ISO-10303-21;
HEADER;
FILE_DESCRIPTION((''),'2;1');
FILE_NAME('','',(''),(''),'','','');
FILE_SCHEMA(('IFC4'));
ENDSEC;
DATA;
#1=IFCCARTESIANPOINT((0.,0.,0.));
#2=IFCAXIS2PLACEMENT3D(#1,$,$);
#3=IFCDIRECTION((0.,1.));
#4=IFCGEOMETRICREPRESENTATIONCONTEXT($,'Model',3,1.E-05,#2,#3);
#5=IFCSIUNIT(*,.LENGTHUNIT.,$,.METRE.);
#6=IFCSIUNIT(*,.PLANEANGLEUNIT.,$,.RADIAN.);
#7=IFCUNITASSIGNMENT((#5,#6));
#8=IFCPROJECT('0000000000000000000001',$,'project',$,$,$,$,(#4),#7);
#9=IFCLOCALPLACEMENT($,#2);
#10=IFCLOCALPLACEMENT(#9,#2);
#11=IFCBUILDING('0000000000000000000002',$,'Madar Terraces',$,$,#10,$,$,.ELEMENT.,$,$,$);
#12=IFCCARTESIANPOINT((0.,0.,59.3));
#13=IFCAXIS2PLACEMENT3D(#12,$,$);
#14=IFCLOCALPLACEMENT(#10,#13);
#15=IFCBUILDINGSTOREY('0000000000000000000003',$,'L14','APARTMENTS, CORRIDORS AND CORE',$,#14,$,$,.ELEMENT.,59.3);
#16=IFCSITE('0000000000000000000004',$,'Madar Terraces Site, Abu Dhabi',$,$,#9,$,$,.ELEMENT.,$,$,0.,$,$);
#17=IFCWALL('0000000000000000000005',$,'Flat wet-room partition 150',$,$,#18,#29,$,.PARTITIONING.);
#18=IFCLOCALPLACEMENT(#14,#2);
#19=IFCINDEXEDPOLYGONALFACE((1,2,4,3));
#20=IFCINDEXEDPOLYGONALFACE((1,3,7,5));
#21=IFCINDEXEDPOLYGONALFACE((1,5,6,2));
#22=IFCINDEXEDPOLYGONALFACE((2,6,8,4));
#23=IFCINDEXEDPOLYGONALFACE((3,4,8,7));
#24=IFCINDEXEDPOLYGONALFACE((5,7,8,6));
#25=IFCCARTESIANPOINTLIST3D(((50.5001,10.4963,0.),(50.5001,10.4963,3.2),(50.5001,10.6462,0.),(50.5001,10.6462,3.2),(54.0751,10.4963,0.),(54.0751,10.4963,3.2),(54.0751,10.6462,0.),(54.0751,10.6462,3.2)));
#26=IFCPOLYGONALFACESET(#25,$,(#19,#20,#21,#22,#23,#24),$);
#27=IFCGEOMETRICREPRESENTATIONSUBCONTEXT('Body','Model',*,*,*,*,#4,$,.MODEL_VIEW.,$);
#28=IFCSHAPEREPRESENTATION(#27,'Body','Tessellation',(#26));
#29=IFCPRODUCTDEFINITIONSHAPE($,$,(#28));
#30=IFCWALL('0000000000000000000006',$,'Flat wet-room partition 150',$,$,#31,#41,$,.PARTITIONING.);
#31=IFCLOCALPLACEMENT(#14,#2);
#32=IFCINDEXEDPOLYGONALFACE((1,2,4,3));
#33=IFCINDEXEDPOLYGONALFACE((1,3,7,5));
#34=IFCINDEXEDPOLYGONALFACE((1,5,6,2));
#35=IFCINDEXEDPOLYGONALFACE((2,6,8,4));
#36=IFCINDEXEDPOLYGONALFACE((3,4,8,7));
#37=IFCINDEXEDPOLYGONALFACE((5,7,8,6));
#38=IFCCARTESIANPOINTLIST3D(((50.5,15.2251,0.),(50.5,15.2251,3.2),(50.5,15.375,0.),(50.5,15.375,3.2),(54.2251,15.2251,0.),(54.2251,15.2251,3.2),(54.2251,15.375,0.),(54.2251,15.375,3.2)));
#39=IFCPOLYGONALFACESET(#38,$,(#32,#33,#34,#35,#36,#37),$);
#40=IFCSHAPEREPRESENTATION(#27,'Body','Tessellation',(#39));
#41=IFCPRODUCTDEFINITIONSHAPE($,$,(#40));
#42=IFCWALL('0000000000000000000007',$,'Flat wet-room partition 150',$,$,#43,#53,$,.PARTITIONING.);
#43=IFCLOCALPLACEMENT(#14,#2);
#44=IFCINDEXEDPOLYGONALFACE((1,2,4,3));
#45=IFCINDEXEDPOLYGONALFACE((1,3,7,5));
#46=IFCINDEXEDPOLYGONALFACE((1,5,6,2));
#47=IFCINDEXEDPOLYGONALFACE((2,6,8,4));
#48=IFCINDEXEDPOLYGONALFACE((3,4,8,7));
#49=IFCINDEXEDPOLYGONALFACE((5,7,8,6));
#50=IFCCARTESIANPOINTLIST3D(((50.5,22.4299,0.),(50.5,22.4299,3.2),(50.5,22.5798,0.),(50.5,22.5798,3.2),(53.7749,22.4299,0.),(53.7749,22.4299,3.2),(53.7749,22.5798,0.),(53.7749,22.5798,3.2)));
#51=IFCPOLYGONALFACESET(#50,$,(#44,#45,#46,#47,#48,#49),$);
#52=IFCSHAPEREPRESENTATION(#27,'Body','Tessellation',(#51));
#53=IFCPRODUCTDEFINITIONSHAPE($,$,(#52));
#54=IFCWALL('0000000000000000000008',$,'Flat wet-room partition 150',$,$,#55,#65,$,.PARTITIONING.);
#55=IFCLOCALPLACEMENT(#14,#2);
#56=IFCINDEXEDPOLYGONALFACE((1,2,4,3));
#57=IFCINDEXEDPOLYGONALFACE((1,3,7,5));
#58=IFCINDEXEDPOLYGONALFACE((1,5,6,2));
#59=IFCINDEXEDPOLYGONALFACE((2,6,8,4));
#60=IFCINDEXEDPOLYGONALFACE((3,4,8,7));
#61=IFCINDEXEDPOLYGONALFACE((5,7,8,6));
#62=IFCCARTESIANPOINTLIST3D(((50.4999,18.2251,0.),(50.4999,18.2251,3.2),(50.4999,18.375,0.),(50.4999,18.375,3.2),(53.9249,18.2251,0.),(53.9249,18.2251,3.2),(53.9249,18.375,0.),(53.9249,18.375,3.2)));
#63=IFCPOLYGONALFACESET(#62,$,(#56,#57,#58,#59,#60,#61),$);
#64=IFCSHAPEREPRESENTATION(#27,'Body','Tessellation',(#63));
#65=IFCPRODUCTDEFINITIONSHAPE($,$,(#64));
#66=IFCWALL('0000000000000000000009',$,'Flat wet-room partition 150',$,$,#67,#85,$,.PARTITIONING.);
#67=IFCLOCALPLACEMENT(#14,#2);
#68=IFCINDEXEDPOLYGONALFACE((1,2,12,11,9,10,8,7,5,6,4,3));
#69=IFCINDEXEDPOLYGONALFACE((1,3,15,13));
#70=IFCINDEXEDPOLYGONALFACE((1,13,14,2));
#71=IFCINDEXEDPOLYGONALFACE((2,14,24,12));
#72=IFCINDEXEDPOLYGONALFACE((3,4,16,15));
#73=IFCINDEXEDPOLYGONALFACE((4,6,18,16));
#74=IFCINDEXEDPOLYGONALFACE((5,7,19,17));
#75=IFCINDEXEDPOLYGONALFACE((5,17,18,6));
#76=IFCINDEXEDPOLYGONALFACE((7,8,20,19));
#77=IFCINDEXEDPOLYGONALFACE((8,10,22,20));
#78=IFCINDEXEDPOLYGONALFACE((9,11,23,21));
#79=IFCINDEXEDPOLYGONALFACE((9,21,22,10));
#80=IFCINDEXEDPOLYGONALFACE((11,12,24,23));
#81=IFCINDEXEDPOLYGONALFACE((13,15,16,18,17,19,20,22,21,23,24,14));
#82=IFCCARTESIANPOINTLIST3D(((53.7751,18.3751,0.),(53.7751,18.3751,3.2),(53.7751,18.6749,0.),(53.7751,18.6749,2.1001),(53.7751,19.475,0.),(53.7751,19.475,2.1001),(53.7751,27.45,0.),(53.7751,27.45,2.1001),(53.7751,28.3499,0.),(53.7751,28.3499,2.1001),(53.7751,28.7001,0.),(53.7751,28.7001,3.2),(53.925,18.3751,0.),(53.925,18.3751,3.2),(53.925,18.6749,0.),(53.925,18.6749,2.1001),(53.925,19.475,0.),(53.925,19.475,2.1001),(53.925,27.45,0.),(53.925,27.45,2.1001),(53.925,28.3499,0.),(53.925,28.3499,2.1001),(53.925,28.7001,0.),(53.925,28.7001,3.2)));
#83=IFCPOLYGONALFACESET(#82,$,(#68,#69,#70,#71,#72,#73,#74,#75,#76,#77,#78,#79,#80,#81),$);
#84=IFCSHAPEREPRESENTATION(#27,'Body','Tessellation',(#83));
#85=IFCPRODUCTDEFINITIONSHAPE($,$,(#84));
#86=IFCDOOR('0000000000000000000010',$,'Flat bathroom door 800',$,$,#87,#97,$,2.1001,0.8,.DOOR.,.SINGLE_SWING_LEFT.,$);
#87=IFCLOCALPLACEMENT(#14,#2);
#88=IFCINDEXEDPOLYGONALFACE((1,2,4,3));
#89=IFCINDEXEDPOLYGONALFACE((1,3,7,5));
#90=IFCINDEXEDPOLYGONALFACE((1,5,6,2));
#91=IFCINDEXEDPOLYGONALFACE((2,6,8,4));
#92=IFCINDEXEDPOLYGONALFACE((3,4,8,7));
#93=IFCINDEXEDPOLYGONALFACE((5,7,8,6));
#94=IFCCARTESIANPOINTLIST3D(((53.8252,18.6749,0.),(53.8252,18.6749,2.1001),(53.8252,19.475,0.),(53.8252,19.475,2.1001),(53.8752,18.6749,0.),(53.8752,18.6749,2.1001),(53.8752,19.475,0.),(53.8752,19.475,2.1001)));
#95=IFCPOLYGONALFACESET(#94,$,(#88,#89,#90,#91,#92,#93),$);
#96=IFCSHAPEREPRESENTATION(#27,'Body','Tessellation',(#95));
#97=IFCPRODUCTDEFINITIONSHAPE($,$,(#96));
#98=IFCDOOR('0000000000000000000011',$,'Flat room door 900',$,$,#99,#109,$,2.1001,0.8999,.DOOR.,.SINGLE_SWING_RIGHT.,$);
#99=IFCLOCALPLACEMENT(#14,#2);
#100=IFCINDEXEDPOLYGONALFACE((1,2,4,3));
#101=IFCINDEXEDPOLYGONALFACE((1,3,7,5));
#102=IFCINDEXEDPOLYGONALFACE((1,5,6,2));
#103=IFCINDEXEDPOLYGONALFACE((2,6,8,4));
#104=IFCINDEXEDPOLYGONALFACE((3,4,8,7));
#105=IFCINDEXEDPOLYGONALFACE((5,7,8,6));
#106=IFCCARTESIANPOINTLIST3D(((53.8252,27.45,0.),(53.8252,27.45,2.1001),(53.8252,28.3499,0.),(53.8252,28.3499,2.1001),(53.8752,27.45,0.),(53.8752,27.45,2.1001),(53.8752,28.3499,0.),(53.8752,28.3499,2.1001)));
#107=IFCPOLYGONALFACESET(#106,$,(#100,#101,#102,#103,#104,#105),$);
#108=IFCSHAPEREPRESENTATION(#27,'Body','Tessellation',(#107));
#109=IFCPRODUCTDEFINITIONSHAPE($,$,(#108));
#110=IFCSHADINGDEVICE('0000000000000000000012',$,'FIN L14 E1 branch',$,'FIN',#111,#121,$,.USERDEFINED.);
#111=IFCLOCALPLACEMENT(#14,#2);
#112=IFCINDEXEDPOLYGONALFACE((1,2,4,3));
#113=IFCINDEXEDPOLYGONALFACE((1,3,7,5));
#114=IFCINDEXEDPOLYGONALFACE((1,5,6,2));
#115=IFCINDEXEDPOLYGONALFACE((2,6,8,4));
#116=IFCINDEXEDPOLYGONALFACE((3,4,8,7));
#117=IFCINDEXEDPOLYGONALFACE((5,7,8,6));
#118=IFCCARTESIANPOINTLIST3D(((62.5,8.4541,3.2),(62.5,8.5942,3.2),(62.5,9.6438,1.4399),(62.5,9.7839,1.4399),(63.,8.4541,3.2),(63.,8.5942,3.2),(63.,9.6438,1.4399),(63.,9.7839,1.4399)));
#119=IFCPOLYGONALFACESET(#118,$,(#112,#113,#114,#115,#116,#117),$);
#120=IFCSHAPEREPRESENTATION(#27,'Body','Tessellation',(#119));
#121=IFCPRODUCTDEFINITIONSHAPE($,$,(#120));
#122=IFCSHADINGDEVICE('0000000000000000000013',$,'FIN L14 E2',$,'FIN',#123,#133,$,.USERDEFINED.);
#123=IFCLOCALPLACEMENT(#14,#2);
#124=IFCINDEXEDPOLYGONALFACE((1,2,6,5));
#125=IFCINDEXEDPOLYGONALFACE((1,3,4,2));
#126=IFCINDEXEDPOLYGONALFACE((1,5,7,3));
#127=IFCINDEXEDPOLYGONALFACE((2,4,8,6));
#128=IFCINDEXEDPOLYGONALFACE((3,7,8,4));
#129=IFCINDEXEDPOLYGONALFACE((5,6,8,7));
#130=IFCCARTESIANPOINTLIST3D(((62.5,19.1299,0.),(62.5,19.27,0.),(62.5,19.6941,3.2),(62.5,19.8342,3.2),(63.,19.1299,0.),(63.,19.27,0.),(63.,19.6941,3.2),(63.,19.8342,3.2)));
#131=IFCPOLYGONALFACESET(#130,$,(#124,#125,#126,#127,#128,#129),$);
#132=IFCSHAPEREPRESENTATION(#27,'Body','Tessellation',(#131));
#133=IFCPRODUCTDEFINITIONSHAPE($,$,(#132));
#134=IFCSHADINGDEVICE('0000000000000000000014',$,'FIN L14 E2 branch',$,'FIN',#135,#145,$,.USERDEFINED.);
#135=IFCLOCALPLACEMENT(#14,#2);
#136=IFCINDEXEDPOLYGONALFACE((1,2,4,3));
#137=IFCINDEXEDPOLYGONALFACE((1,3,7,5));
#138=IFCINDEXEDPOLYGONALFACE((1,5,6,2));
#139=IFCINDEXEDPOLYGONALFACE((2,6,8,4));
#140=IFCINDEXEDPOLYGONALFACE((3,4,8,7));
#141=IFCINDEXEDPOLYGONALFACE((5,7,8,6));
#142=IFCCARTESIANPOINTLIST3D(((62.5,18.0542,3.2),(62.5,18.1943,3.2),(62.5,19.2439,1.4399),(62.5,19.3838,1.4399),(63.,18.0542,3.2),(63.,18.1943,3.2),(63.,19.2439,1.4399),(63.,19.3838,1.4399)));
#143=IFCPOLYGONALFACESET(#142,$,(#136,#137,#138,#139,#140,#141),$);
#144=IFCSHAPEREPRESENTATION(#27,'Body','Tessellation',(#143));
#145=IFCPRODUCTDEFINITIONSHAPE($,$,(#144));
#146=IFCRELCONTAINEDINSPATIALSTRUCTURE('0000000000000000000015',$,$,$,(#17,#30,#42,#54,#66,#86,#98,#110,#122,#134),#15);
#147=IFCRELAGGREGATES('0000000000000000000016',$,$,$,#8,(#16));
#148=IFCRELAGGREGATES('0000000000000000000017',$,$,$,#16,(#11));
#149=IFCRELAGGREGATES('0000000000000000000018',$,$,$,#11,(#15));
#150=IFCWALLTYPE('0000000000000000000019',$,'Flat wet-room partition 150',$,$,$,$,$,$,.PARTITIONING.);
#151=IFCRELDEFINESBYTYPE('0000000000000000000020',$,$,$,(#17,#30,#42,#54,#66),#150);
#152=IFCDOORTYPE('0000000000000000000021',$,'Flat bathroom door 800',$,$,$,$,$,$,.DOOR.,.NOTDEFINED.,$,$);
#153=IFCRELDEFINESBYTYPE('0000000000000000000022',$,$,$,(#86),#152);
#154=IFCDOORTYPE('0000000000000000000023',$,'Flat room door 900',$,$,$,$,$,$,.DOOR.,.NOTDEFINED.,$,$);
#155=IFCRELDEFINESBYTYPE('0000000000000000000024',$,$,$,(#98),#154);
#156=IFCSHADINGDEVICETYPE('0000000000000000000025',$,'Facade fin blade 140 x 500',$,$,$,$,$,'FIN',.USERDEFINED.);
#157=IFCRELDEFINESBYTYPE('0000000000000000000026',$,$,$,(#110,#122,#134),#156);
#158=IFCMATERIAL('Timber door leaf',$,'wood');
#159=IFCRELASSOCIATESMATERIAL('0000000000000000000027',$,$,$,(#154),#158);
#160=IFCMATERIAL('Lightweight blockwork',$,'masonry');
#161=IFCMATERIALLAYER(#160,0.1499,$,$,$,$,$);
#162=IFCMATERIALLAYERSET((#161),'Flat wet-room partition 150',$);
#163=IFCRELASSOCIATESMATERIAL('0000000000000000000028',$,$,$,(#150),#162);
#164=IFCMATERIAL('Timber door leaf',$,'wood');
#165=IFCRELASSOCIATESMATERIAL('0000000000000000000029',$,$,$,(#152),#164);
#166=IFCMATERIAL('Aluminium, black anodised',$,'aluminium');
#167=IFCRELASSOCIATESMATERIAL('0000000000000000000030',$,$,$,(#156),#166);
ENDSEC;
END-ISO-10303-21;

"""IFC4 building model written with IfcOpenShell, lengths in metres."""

from ifc_helpers import new_model, si_unit, direction, frame, frame_2d, origin, place, context, subcontext, project, spatial, polyline, rectangle, outline, extrude, material, layer, layer_set, type_object, element, fill, save


model = new_model("IFC4")

# Units and contexts
model_context = context("Model", 3, precision=1e-05, world=origin(), true_north=direction((0.0, 1.0)))
body_context = subcontext(model_context, "Body", "Model", "MODEL_VIEW")
ifc_project = project(units=[si_unit("LENGTHUNIT", "METRE"), si_unit("PLANEANGLEUNIT", "RADIAN")], contexts=[model_context])

# Site, building, storey
site_placement = place(None, origin())
site = spatial("IfcSite", under=ifc_project, at=site_placement, Name="Madar Terraces Site, Abu Dhabi", CompositionType="ELEMENT", RefElevation=0.0)
building_placement = place(site_placement, origin())
building = spatial("IfcBuilding", under=site, at=building_placement, Name="Madar Terraces", CompositionType="ELEMENT")
storey_placement = place(building_placement, frame((0.0, 0.0, 59.3)))
storey = spatial("IfcBuildingStorey", under=building, at=storey_placement, Name="L14", Description="APARTMENTS, CORRIDORS AND CORE", CompositionType="ELEMENT", Elevation=59.3)

# Shared definitions
ifc_material_1 = material(Name="Timber door leaf", Category="wood")
door_type_1 = type_object("IfcDoorType", Name="Flat room door 900", OperationType="NOTDEFINED", PredefinedType="DOOR", material=ifc_material_1)

# Walls
ifc_material_2 = material(Name="Lightweight blockwork", Category="masonry")
ifc_layer_1 = layer(ifc_material_2, 0.1499)
ifc_layer_set_1 = layer_set([ifc_layer_1], Name="Flat wet-room partition 150")
wall_type_1 = type_object("IfcWallType", Name="Flat wet-room partition 150", PredefinedType="PARTITIONING", material=ifc_layer_set_1)
wall_1_placement = place(storey_placement, frame((50.5, 10.5713, 0.0), z_axis=(0.0, 0.0, 1.0), x_axis=(1.0, 0.0, 0.0)))
element("IfcWall", 1, at=wall_1_placement, inside=storey, type_object=wall_type_1, Name="Flat wet-room partition 150", PredefinedType="PARTITIONING", context=body_context, shape_type="SweptSolid", body=[
    extrude(rectangle(XDim=3.575, YDim=0.1499, at=frame_2d((1.7876, 0.0))), origin(), (0.0, 0.0, 1.0), 3.2),
])
wall_2_placement = place(storey_placement, frame((50.5, 15.3, 0.0), z_axis=(0.0, 0.0, 1.0), x_axis=(1.0, 0.0, 0.0)))
element("IfcWall", 2, at=wall_2_placement, inside=storey, type_object=wall_type_1, Name="Flat wet-room partition 150", PredefinedType="PARTITIONING", context=body_context, shape_type="SweptSolid", body=[
    extrude(rectangle(XDim=3.7251, YDim=0.1499, at=frame_2d((1.8625, 0.0))), origin(), (0.0, 0.0, 1.0), 3.2),
])
wall_3_placement = place(storey_placement, frame((50.5, 22.5049, 0.0), z_axis=(0.0, 0.0, 1.0), x_axis=(1.0, 0.0, 0.0)))
element("IfcWall", 3, at=wall_3_placement, inside=storey, type_object=wall_type_1, Name="Flat wet-room partition 150", PredefinedType="PARTITIONING", context=body_context, shape_type="SweptSolid", body=[
    extrude(rectangle(XDim=3.2749, YDim=0.1499, at=frame_2d((1.6375, 0.0))), origin(), (0.0, 0.0, 1.0), 3.2),
])
wall_4_placement = place(storey_placement, frame((50.5, 18.3, 0.0), z_axis=(0.0, 0.0, 1.0), x_axis=(1.0, 0.0, 0.0)))
element("IfcWall", 4, at=wall_4_placement, inside=storey, type_object=wall_type_1, Name="Flat wet-room partition 150", PredefinedType="PARTITIONING", context=body_context, shape_type="SweptSolid", body=[
    extrude(rectangle(XDim=3.425, YDim=0.1499, at=frame_2d((1.7124, 0.0))), origin(), (0.0, 0.0, 1.0), 3.2),
])

# Wall, openings, doors
wall_5_placement = place(storey_placement, frame((53.8501, 18.375, 0.0), z_axis=(0.0, 0.0, 1.0), x_axis=(0.0, 1.0, 0.0)))
wall_5 = element("IfcWall", 5, at=wall_5_placement, inside=storey, type_object=wall_type_1, Name="Flat wet-room partition 150", PredefinedType="PARTITIONING", context=body_context, shape_type="SweptSolid", body=[
    extrude(rectangle(XDim=10.325, YDim=0.1499, at=frame_2d((5.1626, 0.0))), origin(), (0.0, 0.0, 1.0), 3.2),
])
opening_1_placement = place(wall_5_placement, frame((0.3, 0.0, 0.0)))
opening_1 = element("IfcOpeningElement", 6, at=opening_1_placement, cuts=wall_5, PredefinedType="OPENING", context=body_context, shape_type="SweptSolid", body=[
    extrude(rectangle(XDim=0.8, YDim=2.1001, at=frame_2d((0.3999, 1.05))), frame((0.0, 0.085, 0.0), z_axis=(0.0, -1.0, 0.0), x_axis=(1.0, 0.0, 0.0)), (0.0, 0.0, 1.0), 0.1699),
])
opening_2_placement = place(wall_5_placement, frame((9.075, 0.0, 0.0)))
opening_2 = element("IfcOpeningElement", 7, at=opening_2_placement, cuts=wall_5, PredefinedType="OPENING", context=body_context, shape_type="SweptSolid", body=[
    extrude(rectangle(XDim=0.8999, YDim=2.1001, at=frame_2d((0.45, 1.05))), frame((0.0, 0.085, 0.0), z_axis=(0.0, -1.0, 0.0), x_axis=(1.0, 0.0, 0.0)), (0.0, 0.0, 1.0), 0.1699),
])
ifc_material_3 = material(Name="Timber door leaf", Category="wood")
door_type_2 = type_object("IfcDoorType", Name="Flat bathroom door 800", OperationType="NOTDEFINED", PredefinedType="DOOR", material=ifc_material_3)
door_1_placement = place(opening_1_placement, origin())
door_1 = element("IfcDoor", 8, at=door_1_placement, inside=storey, type_object=door_type_2, Name="Flat bathroom door 800", OperationType="SINGLE_SWING_LEFT", OverallHeight=2.1001, OverallWidth=0.8, PredefinedType="DOOR", context=body_context, shape_type="SweptSolid", body=[
    extrude(rectangle(XDim=0.8, YDim=2.1001, at=frame_2d((0.3999, 1.05))), frame((0.0, 0.0249, 0.0), z_axis=(0.0, -1.0, 0.0), x_axis=(1.0, 0.0, 0.0)), (0.0, 0.0, 1.0), 0.05),
])
fill(opening_1, door_1)
door_2_placement = place(opening_2_placement, origin())
door_2 = element("IfcDoor", 9, at=door_2_placement, inside=storey, type_object=door_type_1, Name="Flat room door 900", OperationType="SINGLE_SWING_RIGHT", OverallHeight=2.1001, OverallWidth=0.8999, PredefinedType="DOOR", context=body_context, shape_type="SweptSolid", body=[
    extrude(rectangle(XDim=0.8999, YDim=2.1001, at=frame_2d((0.45, 1.05))), frame((0.0, 0.0249, 0.0), z_axis=(0.0, -1.0, 0.0), x_axis=(1.0, 0.0, 0.0)), (0.0, 0.0, 1.0), 0.05),
])
fill(opening_2, door_2)

# Shading devices
ifc_material_4 = material(Name="Aluminium, black anodised", Category="aluminium")
shading_device_type = type_object("IfcShadingDeviceType", Name="Facade fin blade 140 x 500", ElementType="FIN", PredefinedType="USERDEFINED", material=ifc_material_4)
shading_device_1_placement = place(storey_placement, frame((62.75, 9.6438, 1.4399), z_axis=(0.0, 0.0, 1.0), x_axis=(0.0, 1.0, 0.0)))
element("IfcShadingDevice", 10, at=shading_device_1_placement, inside=storey, type_object=shading_device_type, Name="FIN L14 E1 branch", ObjectType="FIN", PredefinedType="USERDEFINED", context=body_context, shape_type="SweptSolid", body=[
    extrude(outline(polyline([(0.0, 0.0), (0.1401, 0.0), (-1.0496, 1.76), (-1.1897, 1.76), (0.0, 0.0)])), frame((0.0, 0.25, 0.0), z_axis=(0.0, -1.0, 0.0), x_axis=(1.0, 0.0, 0.0)), (0.0, 0.0, 1.0), 0.5),
])
shading_device_2_placement = place(storey_placement, frame((62.75, 19.1299, 0.0), z_axis=(0.0, 0.0, 1.0), x_axis=(0.0, 1.0, 0.0)))
element("IfcShadingDevice", 11, at=shading_device_2_placement, inside=storey, type_object=shading_device_type, Name="FIN L14 E2", ObjectType="FIN", PredefinedType="USERDEFINED", context=body_context, shape_type="SweptSolid", body=[
    extrude(outline(polyline([(0.0, 0.0), (0.1401, 0.0), (0.7043, 3.2), (0.5642, 3.2), (0.0, 0.0)])), frame((0.0, 0.25, 0.0), z_axis=(0.0, -1.0, 0.0), x_axis=(1.0, 0.0, 0.0)), (0.0, 0.0, 1.0), 0.5),
])
shading_device_3_placement = place(storey_placement, frame((62.75, 19.2439, 1.4399), z_axis=(0.0, 0.0, 1.0), x_axis=(0.0, 1.0, 0.0)))
element("IfcShadingDevice", 12, at=shading_device_3_placement, inside=storey, type_object=shading_device_type, Name="FIN L14 E2 branch", ObjectType="FIN", PredefinedType="USERDEFINED", context=body_context, shape_type="SweptSolid", body=[
    extrude(outline(polyline([(0.0, 0.0), (0.1399, 0.0), (-1.0496, 1.76), (-1.1897, 1.76), (0.0, 0.0)])), frame((0.0, 0.25, 0.0), z_axis=(0.0, -1.0, 0.0), x_axis=(1.0, 0.0, 0.0)), (0.0, 0.0, 1.0), 0.5),
])

save(model, "model.ifc")
